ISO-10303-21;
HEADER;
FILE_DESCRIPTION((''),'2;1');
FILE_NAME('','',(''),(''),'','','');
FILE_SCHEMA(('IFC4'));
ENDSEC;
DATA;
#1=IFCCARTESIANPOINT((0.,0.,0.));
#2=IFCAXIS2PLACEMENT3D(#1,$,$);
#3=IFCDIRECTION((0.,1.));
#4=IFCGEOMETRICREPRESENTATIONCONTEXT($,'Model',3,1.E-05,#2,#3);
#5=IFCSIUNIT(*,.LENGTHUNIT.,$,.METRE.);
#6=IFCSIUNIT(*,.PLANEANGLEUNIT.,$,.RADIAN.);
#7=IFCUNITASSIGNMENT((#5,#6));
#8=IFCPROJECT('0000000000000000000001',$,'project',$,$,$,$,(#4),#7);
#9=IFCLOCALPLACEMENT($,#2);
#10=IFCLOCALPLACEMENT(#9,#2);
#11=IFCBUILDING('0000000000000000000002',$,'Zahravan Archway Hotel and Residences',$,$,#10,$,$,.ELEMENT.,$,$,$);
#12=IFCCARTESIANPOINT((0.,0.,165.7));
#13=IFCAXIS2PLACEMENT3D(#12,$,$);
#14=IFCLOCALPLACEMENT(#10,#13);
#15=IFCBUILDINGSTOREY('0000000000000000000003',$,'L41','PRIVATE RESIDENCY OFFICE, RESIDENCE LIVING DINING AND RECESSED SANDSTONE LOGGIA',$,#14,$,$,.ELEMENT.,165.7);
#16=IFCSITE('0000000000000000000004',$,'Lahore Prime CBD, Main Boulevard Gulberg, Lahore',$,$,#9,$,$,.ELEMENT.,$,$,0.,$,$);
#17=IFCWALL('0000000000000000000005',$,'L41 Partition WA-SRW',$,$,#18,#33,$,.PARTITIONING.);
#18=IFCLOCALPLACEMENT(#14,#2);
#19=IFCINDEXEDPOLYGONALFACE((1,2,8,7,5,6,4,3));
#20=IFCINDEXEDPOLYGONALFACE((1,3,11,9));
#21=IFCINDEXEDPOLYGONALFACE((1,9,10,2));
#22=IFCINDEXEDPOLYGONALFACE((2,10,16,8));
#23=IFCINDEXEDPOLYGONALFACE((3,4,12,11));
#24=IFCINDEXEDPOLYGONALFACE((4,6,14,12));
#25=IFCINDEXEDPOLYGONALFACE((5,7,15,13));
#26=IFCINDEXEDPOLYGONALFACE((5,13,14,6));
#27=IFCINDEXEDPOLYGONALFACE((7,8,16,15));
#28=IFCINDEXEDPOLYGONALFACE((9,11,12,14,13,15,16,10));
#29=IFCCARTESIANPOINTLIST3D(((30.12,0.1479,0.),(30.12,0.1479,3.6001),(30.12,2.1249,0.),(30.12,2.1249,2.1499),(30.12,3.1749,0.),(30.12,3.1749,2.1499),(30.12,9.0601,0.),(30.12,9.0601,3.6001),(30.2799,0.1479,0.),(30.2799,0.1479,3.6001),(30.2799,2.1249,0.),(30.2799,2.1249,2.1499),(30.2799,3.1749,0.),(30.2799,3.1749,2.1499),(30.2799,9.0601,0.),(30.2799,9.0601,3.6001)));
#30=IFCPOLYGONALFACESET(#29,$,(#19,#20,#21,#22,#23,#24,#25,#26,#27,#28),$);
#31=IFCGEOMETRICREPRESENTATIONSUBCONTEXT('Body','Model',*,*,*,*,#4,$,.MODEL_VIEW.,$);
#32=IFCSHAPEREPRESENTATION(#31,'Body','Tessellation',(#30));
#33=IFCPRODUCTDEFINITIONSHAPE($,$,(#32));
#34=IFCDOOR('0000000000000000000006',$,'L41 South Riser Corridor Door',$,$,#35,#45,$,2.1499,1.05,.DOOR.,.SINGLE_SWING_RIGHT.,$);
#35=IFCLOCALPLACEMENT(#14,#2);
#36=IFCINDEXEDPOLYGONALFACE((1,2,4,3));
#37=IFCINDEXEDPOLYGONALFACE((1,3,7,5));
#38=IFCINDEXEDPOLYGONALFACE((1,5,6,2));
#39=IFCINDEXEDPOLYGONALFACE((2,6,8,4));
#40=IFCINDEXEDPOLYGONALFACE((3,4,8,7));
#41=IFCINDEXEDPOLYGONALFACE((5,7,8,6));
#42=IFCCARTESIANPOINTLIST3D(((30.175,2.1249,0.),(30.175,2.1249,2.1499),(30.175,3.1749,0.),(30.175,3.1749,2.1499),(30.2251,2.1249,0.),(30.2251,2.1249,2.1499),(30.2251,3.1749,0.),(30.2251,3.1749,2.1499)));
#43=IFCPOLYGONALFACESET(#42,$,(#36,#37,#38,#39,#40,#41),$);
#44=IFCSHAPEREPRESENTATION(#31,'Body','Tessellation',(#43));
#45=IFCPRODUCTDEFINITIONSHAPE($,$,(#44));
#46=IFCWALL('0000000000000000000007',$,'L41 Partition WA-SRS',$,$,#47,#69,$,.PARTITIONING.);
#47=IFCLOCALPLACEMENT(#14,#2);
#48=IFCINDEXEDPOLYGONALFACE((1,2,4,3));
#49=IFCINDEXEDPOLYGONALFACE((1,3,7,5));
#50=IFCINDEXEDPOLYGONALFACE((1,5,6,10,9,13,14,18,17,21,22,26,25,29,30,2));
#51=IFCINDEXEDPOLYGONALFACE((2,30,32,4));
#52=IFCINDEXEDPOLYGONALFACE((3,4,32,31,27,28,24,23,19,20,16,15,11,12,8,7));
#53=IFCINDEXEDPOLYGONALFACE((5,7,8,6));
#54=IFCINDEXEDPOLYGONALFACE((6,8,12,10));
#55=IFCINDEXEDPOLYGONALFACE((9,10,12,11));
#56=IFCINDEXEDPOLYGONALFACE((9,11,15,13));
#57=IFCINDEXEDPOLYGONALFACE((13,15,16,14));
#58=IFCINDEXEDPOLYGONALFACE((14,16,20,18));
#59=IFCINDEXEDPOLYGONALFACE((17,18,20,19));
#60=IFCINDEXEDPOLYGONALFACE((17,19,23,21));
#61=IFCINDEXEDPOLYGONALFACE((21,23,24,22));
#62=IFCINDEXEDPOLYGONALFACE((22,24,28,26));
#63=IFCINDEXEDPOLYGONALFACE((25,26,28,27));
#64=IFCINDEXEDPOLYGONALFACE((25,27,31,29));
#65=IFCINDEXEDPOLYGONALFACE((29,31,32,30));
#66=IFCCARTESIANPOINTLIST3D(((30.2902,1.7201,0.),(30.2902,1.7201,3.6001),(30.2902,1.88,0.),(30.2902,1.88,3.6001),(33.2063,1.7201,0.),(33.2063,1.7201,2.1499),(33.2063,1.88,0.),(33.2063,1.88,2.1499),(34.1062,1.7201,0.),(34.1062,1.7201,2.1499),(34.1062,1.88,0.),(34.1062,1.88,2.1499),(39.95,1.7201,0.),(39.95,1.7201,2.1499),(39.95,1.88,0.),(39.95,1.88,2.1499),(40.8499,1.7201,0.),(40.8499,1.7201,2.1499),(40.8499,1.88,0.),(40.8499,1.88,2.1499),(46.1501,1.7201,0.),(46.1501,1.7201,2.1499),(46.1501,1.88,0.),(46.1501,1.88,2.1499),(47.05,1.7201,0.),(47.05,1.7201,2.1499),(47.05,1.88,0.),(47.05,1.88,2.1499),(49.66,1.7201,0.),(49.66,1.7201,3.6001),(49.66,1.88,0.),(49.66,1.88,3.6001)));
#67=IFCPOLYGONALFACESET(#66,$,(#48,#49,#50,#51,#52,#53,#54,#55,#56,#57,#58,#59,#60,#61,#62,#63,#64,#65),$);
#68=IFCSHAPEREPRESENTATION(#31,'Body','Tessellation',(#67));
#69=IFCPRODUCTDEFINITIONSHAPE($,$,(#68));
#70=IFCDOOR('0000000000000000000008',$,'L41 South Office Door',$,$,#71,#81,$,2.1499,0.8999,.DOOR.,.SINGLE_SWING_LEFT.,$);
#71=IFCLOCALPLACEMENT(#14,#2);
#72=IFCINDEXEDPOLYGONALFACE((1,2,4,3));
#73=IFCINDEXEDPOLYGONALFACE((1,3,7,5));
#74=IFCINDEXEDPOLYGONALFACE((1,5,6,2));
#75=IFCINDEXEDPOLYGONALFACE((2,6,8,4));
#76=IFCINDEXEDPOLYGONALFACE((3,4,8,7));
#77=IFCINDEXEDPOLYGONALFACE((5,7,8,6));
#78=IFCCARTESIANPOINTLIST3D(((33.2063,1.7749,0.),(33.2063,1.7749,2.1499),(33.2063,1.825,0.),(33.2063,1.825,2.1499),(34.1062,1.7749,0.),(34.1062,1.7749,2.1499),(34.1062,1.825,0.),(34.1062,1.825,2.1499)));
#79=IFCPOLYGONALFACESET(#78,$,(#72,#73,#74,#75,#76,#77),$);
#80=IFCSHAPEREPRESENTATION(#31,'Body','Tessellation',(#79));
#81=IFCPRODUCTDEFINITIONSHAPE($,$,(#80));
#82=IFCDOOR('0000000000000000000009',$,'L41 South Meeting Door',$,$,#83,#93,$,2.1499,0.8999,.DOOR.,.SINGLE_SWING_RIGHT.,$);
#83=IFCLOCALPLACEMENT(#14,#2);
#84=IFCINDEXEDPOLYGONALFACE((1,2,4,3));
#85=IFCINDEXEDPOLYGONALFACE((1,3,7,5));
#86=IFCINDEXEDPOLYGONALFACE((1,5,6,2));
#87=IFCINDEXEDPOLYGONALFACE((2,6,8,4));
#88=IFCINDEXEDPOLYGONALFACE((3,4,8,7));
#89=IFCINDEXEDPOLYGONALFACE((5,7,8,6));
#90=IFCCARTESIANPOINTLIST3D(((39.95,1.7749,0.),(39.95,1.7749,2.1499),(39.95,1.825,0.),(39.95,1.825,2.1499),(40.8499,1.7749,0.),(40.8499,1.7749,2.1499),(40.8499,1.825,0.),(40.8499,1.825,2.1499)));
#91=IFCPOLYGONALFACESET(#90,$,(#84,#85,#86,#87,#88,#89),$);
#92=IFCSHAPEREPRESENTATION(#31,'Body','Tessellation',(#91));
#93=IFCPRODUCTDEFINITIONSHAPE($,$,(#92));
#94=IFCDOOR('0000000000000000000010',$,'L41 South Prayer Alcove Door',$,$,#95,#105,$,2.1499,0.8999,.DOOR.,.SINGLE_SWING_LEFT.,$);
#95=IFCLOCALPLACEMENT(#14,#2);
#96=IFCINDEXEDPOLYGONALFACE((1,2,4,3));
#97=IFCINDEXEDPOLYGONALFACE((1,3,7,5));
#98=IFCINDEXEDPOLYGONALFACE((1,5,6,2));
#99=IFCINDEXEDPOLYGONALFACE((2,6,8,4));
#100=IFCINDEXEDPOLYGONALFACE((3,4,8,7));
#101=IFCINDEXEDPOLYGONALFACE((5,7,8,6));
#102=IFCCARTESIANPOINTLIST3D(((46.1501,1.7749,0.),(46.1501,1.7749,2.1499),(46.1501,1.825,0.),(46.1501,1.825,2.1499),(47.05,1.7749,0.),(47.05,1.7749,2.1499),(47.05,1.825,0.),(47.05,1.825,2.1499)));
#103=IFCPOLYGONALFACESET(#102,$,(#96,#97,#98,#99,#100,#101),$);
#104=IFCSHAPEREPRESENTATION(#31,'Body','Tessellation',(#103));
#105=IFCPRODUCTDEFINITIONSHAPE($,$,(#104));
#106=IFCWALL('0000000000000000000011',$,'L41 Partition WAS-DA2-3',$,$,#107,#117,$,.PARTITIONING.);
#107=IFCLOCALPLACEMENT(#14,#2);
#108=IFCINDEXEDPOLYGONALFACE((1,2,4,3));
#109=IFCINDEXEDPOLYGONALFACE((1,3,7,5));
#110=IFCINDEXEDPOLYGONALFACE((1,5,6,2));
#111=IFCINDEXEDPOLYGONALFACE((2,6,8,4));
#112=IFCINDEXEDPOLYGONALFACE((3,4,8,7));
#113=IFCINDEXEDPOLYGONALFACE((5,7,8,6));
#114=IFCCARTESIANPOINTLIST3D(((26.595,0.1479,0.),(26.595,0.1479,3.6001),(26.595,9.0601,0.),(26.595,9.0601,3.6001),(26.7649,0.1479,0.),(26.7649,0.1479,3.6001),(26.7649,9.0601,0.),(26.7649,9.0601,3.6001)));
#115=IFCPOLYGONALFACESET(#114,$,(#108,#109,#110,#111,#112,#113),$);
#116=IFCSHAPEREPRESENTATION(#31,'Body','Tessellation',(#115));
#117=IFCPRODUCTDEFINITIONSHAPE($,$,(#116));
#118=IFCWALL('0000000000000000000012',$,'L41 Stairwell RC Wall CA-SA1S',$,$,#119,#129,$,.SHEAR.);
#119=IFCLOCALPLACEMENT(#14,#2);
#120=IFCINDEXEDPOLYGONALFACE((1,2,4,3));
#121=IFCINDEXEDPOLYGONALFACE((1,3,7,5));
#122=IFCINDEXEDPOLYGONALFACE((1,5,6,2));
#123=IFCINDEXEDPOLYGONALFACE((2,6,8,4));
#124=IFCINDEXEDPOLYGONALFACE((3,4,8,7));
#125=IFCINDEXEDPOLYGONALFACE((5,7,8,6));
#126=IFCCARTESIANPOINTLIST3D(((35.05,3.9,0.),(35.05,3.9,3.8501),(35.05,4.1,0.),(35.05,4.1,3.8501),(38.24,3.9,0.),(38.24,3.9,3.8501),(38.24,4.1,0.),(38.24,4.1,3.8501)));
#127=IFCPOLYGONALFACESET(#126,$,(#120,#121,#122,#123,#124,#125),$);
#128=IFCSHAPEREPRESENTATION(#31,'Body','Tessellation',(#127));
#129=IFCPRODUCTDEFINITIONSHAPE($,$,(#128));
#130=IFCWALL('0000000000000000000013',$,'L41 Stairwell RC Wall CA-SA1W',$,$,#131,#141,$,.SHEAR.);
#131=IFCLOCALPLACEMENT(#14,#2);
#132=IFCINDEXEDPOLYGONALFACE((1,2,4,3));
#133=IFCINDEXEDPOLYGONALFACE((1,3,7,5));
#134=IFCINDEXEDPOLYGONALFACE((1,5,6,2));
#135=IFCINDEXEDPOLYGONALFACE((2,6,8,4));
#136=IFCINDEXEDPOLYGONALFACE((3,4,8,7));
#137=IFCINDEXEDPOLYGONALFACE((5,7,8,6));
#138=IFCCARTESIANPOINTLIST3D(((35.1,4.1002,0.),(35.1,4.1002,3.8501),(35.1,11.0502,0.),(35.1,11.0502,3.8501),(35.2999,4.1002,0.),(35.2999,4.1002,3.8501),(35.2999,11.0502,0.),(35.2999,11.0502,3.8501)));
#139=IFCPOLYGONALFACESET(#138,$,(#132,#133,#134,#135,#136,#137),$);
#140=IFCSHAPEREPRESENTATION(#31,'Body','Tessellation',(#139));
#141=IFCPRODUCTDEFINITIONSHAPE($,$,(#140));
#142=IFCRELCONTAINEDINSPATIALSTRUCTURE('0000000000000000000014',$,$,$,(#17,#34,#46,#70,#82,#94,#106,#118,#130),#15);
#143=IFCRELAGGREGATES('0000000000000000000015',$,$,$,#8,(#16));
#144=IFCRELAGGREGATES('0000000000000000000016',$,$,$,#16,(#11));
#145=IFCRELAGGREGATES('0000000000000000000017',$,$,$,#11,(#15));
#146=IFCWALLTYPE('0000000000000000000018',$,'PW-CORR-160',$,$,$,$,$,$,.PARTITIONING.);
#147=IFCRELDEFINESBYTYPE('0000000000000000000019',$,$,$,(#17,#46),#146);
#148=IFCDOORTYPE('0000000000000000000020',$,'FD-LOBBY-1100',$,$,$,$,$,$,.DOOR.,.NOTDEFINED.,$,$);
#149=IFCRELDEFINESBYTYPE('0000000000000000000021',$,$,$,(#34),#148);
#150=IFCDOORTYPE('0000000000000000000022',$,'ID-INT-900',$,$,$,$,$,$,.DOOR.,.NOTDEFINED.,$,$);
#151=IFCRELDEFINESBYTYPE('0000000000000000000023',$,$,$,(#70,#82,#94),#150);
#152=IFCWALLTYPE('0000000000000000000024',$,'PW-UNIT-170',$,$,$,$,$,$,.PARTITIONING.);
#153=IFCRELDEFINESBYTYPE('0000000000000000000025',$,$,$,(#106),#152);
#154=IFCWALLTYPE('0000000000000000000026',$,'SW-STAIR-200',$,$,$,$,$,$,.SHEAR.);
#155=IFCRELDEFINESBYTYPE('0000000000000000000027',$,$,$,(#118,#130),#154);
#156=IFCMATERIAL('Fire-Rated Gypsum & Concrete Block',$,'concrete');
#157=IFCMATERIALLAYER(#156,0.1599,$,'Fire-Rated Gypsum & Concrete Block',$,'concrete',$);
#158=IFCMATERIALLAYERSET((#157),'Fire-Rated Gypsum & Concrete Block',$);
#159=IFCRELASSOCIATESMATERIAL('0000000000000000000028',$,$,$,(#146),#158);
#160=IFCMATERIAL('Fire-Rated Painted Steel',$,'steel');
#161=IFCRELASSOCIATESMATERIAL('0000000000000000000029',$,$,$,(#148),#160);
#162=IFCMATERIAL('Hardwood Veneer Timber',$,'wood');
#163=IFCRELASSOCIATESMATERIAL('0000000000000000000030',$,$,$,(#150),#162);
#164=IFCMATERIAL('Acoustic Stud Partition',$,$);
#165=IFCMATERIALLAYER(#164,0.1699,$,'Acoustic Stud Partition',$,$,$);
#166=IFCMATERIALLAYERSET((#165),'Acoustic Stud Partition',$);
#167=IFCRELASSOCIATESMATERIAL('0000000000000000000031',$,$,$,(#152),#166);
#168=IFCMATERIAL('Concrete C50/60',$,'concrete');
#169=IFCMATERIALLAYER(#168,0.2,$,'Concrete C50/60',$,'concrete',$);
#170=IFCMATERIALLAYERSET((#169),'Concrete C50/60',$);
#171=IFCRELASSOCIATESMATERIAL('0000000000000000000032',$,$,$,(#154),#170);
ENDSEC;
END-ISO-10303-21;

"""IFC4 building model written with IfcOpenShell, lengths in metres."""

from ifc_helpers import new_model, si_unit, direction, frame, frame_2d, origin, place, context, subcontext, project, spatial, rectangle, extrude, source, transform, mapped, material, layer, layer_set, type_object, type_shapes, element, fill, save


model = new_model("IFC4")

# Units and contexts
model_context = context("Model", 3, precision=1e-05, world=origin(), true_north=direction((0.0, 1.0)))
body_context = subcontext(model_context, "Body", "Model", "MODEL_VIEW")
ifc_project = project(units=[si_unit("LENGTHUNIT", "METRE"), si_unit("PLANEANGLEUNIT", "RADIAN")], contexts=[model_context])

# Site, building, storey
site_placement = place(None, origin())
site = spatial("IfcSite", under=ifc_project, at=site_placement, Name="Lahore Prime CBD, Main Boulevard Gulberg, Lahore", CompositionType="ELEMENT", RefElevation=0.0)
building_placement = place(site_placement, origin())
building = spatial("IfcBuilding", under=site, at=building_placement, Name="Zahravan Archway Hotel and Residences", CompositionType="ELEMENT")
storey_placement = place(building_placement, frame((0.0, 0.0, 165.7)))
storey = spatial("IfcBuildingStorey", under=building, at=storey_placement, Name="L41", Description="PRIVATE RESIDENCY OFFICE, RESIDENCE LIVING DINING AND RECESSED SANDSTONE LOGGIA", CompositionType="ELEMENT", Elevation=165.7)

# Shared definitions
ifc_material_1 = material(Name="Fire-Rated Painted Steel", Category="steel")

# Wall, opening, door
ifc_material_2 = material(Name="Fire-Rated Gypsum & Concrete Block", Category="concrete")
ifc_layer_1 = layer(ifc_material_2, 0.1599, Name="Fire-Rated Gypsum & Concrete Block", Category="concrete")
ifc_layer_set_1 = layer_set([ifc_layer_1], Name="Fire-Rated Gypsum & Concrete Block")
wall_type_1 = type_object("IfcWallType", Name="PW-CORR-160", PredefinedType="PARTITIONING", material=ifc_layer_set_1)
wall_1_placement = place(storey_placement, frame((30.2, 0.1479, 0.0), z_axis=(0.0, 0.0, 1.0), x_axis=(0.0, 1.0, 0.0)))
wall_1 = element("IfcWall", 1, at=wall_1_placement, inside=storey, type_object=wall_type_1, Name="L41 Partition WA-SRW", PredefinedType="PARTITIONING", context=body_context, shape_type="SweptSolid", body=[
    extrude(rectangle(XDim=8.9121, YDim=0.1599, at=frame_2d((4.4561, 0.0))), origin(), (0.0, 0.0, 1.0), 3.6001),
])
opening_1_placement = place(wall_1_placement, frame((1.9771, 0.0, 0.0)))
opening_1 = element("IfcOpeningElement", 2, at=opening_1_placement, cuts=wall_1, PredefinedType="OPENING", context=body_context, shape_type="SweptSolid", body=[
    extrude(rectangle(XDim=1.05, YDim=2.1499, at=frame_2d((0.5249, 1.075))), frame((0.0, 0.0898, 0.0), z_axis=(0.0, -1.0, 0.0), x_axis=(1.0, 0.0, 0.0)), (0.0, 0.0, 1.0), 0.1799),
])
door_type_1 = type_object("IfcDoorType", Name="FD-LOBBY-1100", OperationType="NOTDEFINED", PredefinedType="DOOR", material=ifc_material_1)
shared_shape_1 = source(origin(), body_context, "Body", "SweptSolid", [
    extrude(rectangle(XDim=1.05, YDim=2.1499, at=frame_2d((0.5249, 1.075))), frame((0.0, 0.0249, 0.0), z_axis=(0.0, -1.0, 0.0), x_axis=(1.0, 0.0, 0.0)), (0.0, 0.0, 1.0), 0.05),
])
type_shapes(door_type_1, [shared_shape_1])
door_1_placement = place(opening_1_placement, origin())
door_1 = element("IfcDoor", 3, at=door_1_placement, inside=storey, type_object=door_type_1, Name="L41 South Riser Corridor Door", OperationType="SINGLE_SWING_RIGHT", OverallHeight=2.1499, OverallWidth=1.05, PredefinedType="DOOR", context=body_context, shape_type="MappedRepresentation", body=[
    mapped(shared_shape_1, transform((0.0, 0.0, 0.0), scale=1.0)),
])
fill(opening_1, door_1)

# Wall, openings, doors
wall_2_placement = place(storey_placement, frame((30.29, 1.8, 0.0), z_axis=(0.0, 0.0, 1.0), x_axis=(1.0, 0.0, 0.0)))
wall_2 = element("IfcWall", 4, at=wall_2_placement, inside=storey, type_object=wall_type_1, Name="L41 Partition WA-SRS", PredefinedType="PARTITIONING", context=body_context, shape_type="SweptSolid", body=[
    extrude(rectangle(XDim=19.3699, YDim=0.1599, at=frame_2d((9.6851, 0.0))), origin(), (0.0, 0.0, 1.0), 3.6001),
])
opening_2_placement = place(wall_2_placement, frame((2.9163, 0.0, 0.0)))
opening_2 = element("IfcOpeningElement", 5, at=opening_2_placement, cuts=wall_2, PredefinedType="OPENING", context=body_context, shape_type="SweptSolid", body=[
    extrude(rectangle(XDim=0.8999, YDim=2.1499, at=frame_2d((0.45, 1.075))), frame((0.0, 0.0898, 0.0), z_axis=(0.0, -1.0, 0.0), x_axis=(1.0, 0.0, 0.0)), (0.0, 0.0, 1.0), 0.1799),
])
opening_3_placement = place(wall_2_placement, frame((9.6599, 0.0, 0.0)))
opening_3 = element("IfcOpeningElement", 6, at=opening_3_placement, cuts=wall_2, PredefinedType="OPENING", context=body_context, shape_type="SweptSolid", body=[
    extrude(rectangle(XDim=0.8999, YDim=2.1499, at=frame_2d((0.45, 1.075))), frame((0.0, 0.0898, 0.0), z_axis=(0.0, -1.0, 0.0), x_axis=(1.0, 0.0, 0.0)), (0.0, 0.0, 1.0), 0.1799),
])
opening_4_placement = place(wall_2_placement, frame((15.8601, 0.0, 0.0)))
opening_4 = element("IfcOpeningElement", 7, at=opening_4_placement, cuts=wall_2, PredefinedType="OPENING", context=body_context, shape_type="SweptSolid", body=[
    extrude(rectangle(XDim=0.8999, YDim=2.1499, at=frame_2d((0.45, 1.075))), frame((0.0, 0.0898, 0.0), z_axis=(0.0, -1.0, 0.0), x_axis=(1.0, 0.0, 0.0)), (0.0, 0.0, 1.0), 0.1799),
])
ifc_material_3 = material(Name="Hardwood Veneer Timber", Category="wood")
door_type_2 = type_object("IfcDoorType", Name="ID-INT-900", OperationType="NOTDEFINED", PredefinedType="DOOR", material=ifc_material_3)
shared_shape_2 = source(origin(), body_context, "Body", "SweptSolid", [
    extrude(rectangle(XDim=0.8999, YDim=2.1499, at=frame_2d((0.45, 1.075))), frame((0.0, 0.0249, 0.0), z_axis=(0.0, -1.0, 0.0), x_axis=(1.0, 0.0, 0.0)), (0.0, 0.0, 1.0), 0.05),
])
type_shapes(door_type_2, [shared_shape_2])
door_2_placement = place(opening_2_placement, origin())
door_2 = element("IfcDoor", 8, at=door_2_placement, inside=storey, type_object=door_type_2, Name="L41 South Office Door", OperationType="SINGLE_SWING_LEFT", OverallHeight=2.1499, OverallWidth=0.8999, PredefinedType="DOOR", context=body_context, shape_type="MappedRepresentation", body=[
    mapped(shared_shape_2, transform((0.0, 0.0, 0.0), scale=1.0)),
])
fill(opening_2, door_2)
door_3_placement = place(opening_3_placement, origin())
door_3 = element("IfcDoor", 9, at=door_3_placement, inside=storey, type_object=door_type_2, Name="L41 South Meeting Door", OperationType="SINGLE_SWING_RIGHT", OverallHeight=2.1499, OverallWidth=0.8999, PredefinedType="DOOR", context=body_context, shape_type="MappedRepresentation", body=[
    mapped(shared_shape_2, transform((0.0, 0.0, 0.0), scale=1.0)),
])
fill(opening_3, door_3)
door_4_placement = place(opening_4_placement, origin())
door_4 = element("IfcDoor", 10, at=door_4_placement, inside=storey, type_object=door_type_2, Name="L41 South Prayer Alcove Door", OperationType="SINGLE_SWING_LEFT", OverallHeight=2.1499, OverallWidth=0.8999, PredefinedType="DOOR", context=body_context, shape_type="MappedRepresentation", body=[
    mapped(shared_shape_2, transform((0.0, 0.0, 0.0), scale=1.0)),
])
fill(opening_4, door_4)

# Walls
ifc_material_4 = material(Name="Acoustic Stud Partition")
ifc_layer_2 = layer(ifc_material_4, 0.1699, Name="Acoustic Stud Partition")
ifc_layer_set_2 = layer_set([ifc_layer_2], Name="Acoustic Stud Partition")
wall_type_2 = type_object("IfcWallType", Name="PW-UNIT-170", PredefinedType="PARTITIONING", material=ifc_layer_set_2)
wall_3_placement = place(storey_placement, frame((26.6799, 0.1479, 0.0), z_axis=(0.0, 0.0, 1.0), x_axis=(0.0, 1.0, 0.0)))
element("IfcWall", 11, at=wall_3_placement, inside=storey, type_object=wall_type_2, Name="L41 Partition WAS-DA2-3", PredefinedType="PARTITIONING", context=body_context, shape_type="SweptSolid", body=[
    extrude(rectangle(XDim=8.9121, YDim=0.1699, at=frame_2d((4.4561, 0.0))), origin(), (0.0, 0.0, 1.0), 3.6001),
])
ifc_material_5 = material(Name="Concrete C50/60", Category="concrete")
ifc_layer_3 = layer(ifc_material_5, 0.2, Name="Concrete C50/60", Category="concrete")
ifc_layer_set_3 = layer_set([ifc_layer_3], Name="Concrete C50/60")
wall_type_3 = type_object("IfcWallType", Name="SW-STAIR-200", PredefinedType="SHEAR", material=ifc_layer_set_3)
wall_4_placement = place(storey_placement, frame((35.05, 4.0, 0.0), z_axis=(0.0, 0.0, 1.0), x_axis=(1.0, 0.0, 0.0)))
element("IfcWall", 12, at=wall_4_placement, inside=storey, type_object=wall_type_3, Name="L41 Stairwell RC Wall CA-SA1S", PredefinedType="SHEAR", context=body_context, shape_type="SweptSolid", body=[
    extrude(rectangle(XDim=3.1899, YDim=0.2, at=frame_2d((1.595, 0.0))), origin(), (0.0, 0.0, 1.0), 3.8501),
])
wall_5_placement = place(storey_placement, frame((35.2, 4.1001, 0.0), z_axis=(0.0, 0.0, 1.0), x_axis=(0.0, 1.0, 0.0)))
element("IfcWall", 13, at=wall_5_placement, inside=storey, type_object=wall_type_3, Name="L41 Stairwell RC Wall CA-SA1W", PredefinedType="SHEAR", context=body_context, shape_type="SweptSolid", body=[
    extrude(rectangle(XDim=6.95, YDim=0.2, at=frame_2d((3.4751, 0.0))), origin(), (0.0, 0.0, 1.0), 3.8501),
])

save(model, "model.ifc")
